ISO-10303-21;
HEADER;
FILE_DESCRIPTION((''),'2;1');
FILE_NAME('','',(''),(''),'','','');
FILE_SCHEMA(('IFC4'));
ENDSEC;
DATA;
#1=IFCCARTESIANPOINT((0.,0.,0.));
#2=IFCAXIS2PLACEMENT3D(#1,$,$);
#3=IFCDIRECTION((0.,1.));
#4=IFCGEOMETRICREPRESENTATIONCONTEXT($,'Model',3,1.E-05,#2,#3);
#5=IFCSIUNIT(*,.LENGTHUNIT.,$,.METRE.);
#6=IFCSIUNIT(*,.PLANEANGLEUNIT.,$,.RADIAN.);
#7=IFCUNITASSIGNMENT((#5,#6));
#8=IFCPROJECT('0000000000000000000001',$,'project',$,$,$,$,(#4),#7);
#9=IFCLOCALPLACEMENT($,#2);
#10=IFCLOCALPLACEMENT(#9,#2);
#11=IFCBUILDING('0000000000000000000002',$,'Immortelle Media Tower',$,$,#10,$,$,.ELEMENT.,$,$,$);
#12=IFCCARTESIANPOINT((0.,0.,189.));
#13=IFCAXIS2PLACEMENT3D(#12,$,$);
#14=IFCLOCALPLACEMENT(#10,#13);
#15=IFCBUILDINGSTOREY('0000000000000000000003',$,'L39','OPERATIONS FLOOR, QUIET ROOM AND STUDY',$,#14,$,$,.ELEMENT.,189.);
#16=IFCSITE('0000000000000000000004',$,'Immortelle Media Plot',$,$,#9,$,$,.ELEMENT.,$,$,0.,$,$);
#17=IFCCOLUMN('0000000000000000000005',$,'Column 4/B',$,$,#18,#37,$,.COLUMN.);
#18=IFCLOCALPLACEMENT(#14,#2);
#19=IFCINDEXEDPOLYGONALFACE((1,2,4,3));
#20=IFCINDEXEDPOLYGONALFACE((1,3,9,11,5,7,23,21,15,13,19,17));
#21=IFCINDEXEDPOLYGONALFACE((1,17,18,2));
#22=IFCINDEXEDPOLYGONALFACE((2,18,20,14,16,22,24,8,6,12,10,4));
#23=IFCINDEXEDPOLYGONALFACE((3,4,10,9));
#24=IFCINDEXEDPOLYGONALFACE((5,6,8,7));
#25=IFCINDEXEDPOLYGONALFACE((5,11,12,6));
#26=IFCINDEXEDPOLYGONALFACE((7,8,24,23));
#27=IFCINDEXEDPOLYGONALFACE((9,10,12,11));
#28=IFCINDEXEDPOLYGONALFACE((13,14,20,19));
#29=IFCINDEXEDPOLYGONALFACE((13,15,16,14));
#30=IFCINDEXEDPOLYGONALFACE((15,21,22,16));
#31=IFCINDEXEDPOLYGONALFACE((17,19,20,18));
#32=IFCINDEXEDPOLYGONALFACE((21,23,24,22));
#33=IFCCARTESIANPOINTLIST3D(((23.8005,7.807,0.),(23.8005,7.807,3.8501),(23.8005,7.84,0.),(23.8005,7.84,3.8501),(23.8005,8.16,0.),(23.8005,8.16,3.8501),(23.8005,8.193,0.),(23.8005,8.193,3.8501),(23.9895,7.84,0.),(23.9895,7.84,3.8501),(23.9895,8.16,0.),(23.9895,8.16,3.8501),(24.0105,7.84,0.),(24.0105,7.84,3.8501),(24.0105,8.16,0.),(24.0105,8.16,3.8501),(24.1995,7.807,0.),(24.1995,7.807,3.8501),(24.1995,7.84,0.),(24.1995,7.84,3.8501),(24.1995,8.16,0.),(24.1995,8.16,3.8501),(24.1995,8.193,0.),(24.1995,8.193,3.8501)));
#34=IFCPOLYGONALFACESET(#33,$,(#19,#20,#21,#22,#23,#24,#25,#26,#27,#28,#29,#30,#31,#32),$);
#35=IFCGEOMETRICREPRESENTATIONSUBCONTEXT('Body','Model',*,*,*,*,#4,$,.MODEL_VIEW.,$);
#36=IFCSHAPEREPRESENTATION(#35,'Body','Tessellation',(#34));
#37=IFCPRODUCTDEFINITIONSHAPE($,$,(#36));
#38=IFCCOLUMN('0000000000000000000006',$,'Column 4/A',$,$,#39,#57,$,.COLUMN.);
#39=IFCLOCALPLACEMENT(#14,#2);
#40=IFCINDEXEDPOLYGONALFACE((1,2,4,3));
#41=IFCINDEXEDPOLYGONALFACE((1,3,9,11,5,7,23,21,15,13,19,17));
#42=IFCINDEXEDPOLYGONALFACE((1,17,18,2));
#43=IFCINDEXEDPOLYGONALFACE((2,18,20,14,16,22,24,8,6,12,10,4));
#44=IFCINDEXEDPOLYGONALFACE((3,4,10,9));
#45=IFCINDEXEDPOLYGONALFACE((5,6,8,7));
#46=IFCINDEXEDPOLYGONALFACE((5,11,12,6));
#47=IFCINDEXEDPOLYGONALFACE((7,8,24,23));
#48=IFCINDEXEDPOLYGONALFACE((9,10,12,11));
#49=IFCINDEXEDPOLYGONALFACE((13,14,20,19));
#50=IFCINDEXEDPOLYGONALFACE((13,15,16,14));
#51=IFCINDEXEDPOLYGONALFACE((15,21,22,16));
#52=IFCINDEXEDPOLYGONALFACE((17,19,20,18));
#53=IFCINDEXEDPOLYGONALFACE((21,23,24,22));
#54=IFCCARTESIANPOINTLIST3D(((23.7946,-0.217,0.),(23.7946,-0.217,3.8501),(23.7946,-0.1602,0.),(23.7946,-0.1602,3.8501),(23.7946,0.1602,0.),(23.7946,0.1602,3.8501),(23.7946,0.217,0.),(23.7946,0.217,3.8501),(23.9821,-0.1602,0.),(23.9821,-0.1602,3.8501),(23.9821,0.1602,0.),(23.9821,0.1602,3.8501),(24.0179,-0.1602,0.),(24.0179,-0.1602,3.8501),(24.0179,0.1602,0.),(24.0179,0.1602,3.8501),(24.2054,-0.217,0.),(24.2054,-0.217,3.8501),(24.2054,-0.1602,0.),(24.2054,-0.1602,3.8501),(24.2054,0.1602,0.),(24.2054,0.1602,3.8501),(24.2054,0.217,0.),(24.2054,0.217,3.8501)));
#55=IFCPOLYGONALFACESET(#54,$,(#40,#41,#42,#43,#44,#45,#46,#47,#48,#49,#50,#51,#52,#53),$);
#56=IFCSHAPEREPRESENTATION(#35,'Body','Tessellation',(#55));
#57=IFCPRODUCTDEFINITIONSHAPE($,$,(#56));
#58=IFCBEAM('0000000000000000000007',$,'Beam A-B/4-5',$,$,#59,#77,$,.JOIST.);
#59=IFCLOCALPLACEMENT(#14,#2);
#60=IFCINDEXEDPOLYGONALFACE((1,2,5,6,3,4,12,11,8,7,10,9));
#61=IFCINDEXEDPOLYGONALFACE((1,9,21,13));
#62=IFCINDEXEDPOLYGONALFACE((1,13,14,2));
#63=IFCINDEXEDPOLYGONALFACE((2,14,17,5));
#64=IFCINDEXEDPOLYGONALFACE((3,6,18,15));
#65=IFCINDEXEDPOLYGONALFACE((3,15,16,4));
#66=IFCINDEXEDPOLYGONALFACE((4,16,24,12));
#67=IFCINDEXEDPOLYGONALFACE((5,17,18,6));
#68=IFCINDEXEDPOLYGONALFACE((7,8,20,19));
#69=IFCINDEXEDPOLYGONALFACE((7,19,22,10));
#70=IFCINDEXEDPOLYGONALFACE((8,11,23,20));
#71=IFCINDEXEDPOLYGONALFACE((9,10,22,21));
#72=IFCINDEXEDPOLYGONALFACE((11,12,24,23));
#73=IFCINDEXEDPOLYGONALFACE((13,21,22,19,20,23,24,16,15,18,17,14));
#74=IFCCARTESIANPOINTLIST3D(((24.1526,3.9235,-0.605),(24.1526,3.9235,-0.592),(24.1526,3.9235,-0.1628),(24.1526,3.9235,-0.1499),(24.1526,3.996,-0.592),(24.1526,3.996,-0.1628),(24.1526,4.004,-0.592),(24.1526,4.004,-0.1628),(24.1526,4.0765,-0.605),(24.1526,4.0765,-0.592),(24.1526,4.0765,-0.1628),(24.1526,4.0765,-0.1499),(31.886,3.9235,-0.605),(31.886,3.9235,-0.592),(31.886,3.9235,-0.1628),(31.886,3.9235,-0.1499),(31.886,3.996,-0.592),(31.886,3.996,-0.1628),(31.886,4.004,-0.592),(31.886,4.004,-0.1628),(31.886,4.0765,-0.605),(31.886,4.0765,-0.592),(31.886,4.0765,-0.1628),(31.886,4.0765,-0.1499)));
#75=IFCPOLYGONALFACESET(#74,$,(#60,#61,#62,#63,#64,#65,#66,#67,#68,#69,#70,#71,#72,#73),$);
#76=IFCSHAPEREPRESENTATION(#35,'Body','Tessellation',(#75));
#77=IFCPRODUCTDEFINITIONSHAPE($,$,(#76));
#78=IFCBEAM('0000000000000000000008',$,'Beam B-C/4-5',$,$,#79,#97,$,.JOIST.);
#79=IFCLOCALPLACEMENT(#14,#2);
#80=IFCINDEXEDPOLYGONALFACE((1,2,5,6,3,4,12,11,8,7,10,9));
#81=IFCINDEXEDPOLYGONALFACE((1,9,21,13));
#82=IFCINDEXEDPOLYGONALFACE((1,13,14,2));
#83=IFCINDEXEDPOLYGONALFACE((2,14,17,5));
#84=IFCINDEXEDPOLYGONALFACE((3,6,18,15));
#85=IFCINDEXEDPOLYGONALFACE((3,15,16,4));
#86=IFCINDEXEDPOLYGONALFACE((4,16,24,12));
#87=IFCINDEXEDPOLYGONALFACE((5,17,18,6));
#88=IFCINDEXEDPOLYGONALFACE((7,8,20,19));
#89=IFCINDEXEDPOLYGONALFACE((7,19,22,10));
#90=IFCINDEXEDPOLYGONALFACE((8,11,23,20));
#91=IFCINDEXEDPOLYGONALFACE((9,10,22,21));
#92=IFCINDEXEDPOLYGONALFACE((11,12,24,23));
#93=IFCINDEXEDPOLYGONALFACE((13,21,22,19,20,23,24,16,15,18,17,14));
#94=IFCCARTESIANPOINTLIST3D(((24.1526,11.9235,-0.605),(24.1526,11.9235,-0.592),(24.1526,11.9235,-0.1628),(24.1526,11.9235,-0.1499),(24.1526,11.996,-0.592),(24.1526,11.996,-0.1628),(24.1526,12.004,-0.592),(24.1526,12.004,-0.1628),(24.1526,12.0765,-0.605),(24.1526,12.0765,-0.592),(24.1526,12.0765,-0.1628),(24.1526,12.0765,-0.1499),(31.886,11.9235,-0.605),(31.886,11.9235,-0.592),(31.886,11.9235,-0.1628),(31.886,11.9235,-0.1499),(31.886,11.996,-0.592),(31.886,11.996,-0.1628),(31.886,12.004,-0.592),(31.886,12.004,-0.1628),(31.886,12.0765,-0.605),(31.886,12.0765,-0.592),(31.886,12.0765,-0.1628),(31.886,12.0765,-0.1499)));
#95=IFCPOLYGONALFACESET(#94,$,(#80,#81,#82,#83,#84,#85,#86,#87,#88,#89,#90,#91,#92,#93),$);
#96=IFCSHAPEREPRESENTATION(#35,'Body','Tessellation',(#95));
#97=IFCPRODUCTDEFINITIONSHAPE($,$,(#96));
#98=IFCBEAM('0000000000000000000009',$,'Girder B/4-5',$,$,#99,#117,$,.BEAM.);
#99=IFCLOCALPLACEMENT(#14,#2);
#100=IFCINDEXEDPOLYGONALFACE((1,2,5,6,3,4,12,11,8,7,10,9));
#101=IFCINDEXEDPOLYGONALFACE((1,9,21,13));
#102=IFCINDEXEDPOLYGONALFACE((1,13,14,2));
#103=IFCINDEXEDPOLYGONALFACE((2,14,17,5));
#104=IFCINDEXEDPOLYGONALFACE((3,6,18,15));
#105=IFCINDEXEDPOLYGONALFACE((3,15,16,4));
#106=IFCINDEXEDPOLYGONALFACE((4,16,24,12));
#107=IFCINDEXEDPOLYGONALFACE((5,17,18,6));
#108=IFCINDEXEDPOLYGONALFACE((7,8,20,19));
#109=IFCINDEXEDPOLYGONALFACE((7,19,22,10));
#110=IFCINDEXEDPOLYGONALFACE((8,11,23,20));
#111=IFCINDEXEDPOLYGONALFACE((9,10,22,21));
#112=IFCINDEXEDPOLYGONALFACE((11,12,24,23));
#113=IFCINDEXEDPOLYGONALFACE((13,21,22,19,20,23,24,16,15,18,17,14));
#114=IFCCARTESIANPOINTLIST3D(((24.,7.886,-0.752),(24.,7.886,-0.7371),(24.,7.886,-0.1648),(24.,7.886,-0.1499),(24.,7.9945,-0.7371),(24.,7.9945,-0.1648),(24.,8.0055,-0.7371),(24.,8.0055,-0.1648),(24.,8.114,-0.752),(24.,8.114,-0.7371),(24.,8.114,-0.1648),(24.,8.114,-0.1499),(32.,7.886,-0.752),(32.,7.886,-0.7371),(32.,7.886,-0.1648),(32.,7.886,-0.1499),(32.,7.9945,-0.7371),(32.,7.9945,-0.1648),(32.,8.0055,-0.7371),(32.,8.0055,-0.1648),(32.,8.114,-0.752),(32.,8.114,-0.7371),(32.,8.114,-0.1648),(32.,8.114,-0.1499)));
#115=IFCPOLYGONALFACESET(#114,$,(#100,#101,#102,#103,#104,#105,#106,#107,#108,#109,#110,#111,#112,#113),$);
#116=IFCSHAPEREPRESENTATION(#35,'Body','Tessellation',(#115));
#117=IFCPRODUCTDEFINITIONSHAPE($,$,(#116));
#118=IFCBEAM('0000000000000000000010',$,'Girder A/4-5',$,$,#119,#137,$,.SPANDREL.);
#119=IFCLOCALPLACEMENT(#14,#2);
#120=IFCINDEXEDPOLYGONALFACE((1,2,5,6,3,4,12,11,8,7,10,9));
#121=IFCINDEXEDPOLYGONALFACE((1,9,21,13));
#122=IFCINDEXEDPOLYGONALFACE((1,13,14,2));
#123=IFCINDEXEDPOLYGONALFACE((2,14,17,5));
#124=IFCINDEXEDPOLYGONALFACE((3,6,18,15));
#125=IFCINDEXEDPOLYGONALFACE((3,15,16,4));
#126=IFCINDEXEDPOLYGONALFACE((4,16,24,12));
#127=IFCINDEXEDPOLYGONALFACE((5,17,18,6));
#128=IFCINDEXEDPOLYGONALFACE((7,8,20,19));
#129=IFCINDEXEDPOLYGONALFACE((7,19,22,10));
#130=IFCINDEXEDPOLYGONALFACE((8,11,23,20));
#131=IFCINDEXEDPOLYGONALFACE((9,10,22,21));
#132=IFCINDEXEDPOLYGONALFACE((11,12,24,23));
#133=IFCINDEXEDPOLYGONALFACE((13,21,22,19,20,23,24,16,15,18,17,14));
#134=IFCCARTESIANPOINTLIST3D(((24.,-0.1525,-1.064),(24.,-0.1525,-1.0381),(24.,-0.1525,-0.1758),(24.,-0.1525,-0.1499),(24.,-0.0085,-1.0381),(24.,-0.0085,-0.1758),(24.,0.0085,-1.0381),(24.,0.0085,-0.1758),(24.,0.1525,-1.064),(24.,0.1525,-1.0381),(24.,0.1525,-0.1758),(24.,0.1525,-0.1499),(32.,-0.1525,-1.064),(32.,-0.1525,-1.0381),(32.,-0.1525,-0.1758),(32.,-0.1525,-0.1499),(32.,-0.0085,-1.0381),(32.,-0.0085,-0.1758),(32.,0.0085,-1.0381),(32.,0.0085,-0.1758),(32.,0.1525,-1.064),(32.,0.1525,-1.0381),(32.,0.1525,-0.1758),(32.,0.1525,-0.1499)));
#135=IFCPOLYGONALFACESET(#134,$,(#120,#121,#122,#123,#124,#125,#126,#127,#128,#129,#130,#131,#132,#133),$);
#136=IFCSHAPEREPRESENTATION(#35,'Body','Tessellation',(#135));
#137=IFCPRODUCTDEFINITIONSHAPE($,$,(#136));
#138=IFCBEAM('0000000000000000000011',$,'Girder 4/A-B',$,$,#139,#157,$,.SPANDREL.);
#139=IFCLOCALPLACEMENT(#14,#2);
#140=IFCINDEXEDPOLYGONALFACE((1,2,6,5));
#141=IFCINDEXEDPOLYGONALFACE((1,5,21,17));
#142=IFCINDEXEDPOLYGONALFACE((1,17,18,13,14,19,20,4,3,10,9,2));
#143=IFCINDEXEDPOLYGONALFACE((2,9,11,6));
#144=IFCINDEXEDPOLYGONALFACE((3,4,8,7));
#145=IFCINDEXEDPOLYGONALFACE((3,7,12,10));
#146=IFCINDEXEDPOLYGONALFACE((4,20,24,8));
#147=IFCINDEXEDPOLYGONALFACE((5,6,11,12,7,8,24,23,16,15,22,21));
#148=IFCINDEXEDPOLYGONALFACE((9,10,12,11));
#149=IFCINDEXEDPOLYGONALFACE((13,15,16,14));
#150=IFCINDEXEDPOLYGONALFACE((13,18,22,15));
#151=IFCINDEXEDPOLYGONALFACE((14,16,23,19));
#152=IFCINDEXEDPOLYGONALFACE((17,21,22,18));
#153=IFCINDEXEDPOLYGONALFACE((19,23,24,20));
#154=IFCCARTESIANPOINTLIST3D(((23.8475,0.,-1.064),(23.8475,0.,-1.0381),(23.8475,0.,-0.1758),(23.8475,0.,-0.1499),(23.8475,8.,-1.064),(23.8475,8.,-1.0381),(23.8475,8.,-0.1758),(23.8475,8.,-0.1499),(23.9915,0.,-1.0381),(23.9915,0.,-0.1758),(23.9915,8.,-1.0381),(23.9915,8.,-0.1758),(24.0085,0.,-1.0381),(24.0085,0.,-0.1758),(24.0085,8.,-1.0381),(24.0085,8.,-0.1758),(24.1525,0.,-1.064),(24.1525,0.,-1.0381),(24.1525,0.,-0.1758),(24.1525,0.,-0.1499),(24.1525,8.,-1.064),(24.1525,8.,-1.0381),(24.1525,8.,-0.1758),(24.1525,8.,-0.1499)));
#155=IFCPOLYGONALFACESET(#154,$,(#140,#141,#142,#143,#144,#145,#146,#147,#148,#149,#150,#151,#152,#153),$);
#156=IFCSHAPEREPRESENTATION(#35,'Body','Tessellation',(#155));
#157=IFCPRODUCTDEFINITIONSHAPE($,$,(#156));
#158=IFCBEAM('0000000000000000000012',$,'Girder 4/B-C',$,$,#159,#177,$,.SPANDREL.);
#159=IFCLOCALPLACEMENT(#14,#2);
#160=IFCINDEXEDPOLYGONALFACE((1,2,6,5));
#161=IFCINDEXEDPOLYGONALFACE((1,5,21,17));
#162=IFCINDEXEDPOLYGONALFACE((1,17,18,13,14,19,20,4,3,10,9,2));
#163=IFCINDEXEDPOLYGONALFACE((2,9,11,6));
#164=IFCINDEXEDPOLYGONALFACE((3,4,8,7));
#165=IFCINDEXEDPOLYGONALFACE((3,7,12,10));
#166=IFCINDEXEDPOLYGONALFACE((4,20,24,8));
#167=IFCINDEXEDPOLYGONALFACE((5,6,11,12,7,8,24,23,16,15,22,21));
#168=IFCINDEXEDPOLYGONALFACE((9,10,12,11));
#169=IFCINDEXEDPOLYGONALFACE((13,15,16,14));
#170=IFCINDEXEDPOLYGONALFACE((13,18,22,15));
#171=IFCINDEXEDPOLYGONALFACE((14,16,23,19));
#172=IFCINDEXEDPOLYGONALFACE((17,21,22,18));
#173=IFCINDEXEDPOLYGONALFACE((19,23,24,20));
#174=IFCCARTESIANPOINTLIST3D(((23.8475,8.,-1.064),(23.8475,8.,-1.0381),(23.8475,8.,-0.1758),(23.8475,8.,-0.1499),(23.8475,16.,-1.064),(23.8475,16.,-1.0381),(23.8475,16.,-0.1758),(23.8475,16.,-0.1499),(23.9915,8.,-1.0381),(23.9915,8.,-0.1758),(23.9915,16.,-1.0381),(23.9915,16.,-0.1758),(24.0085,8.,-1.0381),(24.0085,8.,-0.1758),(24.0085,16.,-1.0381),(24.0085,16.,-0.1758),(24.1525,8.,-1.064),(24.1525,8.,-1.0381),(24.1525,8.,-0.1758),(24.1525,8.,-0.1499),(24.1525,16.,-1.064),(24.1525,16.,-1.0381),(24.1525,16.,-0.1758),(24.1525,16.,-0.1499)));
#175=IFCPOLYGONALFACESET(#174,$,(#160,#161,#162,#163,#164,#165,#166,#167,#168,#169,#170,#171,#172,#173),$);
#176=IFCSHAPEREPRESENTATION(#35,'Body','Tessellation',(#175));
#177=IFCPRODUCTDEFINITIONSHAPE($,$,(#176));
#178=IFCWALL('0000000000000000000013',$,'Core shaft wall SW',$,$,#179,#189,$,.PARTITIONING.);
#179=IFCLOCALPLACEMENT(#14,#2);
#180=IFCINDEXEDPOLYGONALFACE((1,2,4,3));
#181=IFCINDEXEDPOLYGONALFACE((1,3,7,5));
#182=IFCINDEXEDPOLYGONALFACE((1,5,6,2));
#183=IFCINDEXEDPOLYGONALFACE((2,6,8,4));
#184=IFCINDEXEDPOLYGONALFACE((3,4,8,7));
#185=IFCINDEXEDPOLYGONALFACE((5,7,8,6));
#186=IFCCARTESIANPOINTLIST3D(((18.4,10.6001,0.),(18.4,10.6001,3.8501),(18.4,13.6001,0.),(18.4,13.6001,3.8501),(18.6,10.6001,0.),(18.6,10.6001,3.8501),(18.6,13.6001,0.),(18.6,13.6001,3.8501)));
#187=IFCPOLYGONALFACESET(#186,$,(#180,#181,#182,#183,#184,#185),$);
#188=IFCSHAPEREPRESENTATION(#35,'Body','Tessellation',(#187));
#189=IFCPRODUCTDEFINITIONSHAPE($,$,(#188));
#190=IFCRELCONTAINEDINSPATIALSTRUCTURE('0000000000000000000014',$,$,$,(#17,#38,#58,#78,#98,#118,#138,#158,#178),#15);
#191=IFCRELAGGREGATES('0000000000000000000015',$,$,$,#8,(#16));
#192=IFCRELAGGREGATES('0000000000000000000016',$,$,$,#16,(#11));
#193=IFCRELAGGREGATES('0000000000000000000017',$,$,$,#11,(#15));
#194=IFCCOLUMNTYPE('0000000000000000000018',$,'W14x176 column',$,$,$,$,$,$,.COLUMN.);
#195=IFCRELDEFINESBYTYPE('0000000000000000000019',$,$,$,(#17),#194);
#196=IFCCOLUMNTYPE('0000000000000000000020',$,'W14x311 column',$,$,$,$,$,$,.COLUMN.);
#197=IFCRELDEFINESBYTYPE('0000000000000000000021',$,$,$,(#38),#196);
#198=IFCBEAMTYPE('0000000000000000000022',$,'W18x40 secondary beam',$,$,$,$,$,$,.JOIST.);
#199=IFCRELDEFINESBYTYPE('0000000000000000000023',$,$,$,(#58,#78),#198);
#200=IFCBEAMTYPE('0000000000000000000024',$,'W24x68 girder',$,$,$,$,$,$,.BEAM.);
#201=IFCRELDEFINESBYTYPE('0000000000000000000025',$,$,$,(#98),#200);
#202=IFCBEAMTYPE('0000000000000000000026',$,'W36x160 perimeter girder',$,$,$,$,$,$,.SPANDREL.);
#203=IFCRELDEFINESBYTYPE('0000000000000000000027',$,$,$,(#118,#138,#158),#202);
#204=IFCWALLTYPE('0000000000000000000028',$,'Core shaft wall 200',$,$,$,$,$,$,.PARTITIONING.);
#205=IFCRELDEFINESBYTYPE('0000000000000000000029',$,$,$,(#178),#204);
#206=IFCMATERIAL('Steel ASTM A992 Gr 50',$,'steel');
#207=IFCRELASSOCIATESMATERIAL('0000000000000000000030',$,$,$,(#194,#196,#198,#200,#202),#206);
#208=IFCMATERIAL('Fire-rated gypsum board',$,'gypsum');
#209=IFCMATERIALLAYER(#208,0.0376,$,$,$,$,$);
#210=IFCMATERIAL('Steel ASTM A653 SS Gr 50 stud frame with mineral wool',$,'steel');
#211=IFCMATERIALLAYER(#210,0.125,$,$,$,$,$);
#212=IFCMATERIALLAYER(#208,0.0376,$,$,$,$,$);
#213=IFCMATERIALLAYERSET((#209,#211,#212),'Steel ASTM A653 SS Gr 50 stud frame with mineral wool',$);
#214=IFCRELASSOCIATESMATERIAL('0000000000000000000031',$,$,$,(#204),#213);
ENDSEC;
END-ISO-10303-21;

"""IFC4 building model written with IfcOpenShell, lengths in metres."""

from ifc_helpers import new_model, si_unit, direction, frame, frame_2d, origin, origin_2d, place, context, subcontext, project, spatial, rectangle, i_section, extrude, material, layer, layer_set, material_profile, profile_set, type_object, element, save


model = new_model("IFC4")

# Units and contexts
model_context = context("Model", 3, precision=1e-05, world=origin(), true_north=direction((0.0, 1.0)))
body_context = subcontext(model_context, "Body", "Model", "MODEL_VIEW")
ifc_project = project(units=[si_unit("LENGTHUNIT", "METRE"), si_unit("PLANEANGLEUNIT", "RADIAN")], contexts=[model_context])

# Site, building, storey
site_placement = place(None, origin())
site = spatial("IfcSite", under=ifc_project, at=site_placement, Name="Immortelle Media Plot", CompositionType="ELEMENT", RefElevation=0.0)
building_placement = place(site_placement, origin())
building = spatial("IfcBuilding", under=site, at=building_placement, Name="Immortelle Media Tower", CompositionType="ELEMENT")
storey_placement = place(building_placement, frame((0.0, 0.0, 189.0)))
storey = spatial("IfcBuildingStorey", under=building, at=storey_placement, Name="L39", Description="OPERATIONS FLOOR, QUIET ROOM AND STUDY", CompositionType="ELEMENT", Elevation=189.0)

# Columns
ifc_material_1 = material(Name="Steel ASTM A992 Gr 50", Category="steel")
ifc_material_profile_1 = material_profile(ifc_material_1, i_section(OverallWidth=0.3989, OverallDepth=0.386, WebThickness=0.021, FlangeThickness=0.033, at=origin_2d()), Name="W14x176")
ifc_profile_set_1 = profile_set([ifc_material_profile_1], Name="Steel ASTM A992 Gr 50")
column_type_1 = type_object("IfcColumnType", Name="W14x176 column", PredefinedType="COLUMN", material=ifc_profile_set_1)
column_1_placement = place(storey_placement, frame((24.0, 8.0, 0.0), z_axis=(0.0, 0.0, 1.0), x_axis=(1.0, 0.0, 0.0)))
element("IfcColumn", 1, at=column_1_placement, inside=storey, type_object=column_type_1, Name="Column 4/B", PredefinedType="COLUMN", context=body_context, shape_type="SweptSolid", body=[
    extrude(i_section(OverallWidth=0.3989, OverallDepth=0.386, WebThickness=0.021, FlangeThickness=0.033, at=origin_2d()), origin(), (0.0, 0.0, 1.0), 3.8501),
])
ifc_material_profile_2 = material_profile(ifc_material_1, i_section(OverallWidth=0.4109, OverallDepth=0.4341, WebThickness=0.0359, FlangeThickness=0.0569, at=origin_2d()), Name="W14x311")
ifc_profile_set_2 = profile_set([ifc_material_profile_2], Name="Steel ASTM A992 Gr 50")
column_type_2 = type_object("IfcColumnType", Name="W14x311 column", PredefinedType="COLUMN", material=ifc_profile_set_2)
column_2_placement = place(storey_placement, frame((24.0, 0.0, 0.0), z_axis=(0.0, 0.0, 1.0), x_axis=(1.0, 0.0, 0.0)))
element("IfcColumn", 2, at=column_2_placement, inside=storey, type_object=column_type_2, Name="Column 4/A", PredefinedType="COLUMN", context=body_context, shape_type="SweptSolid", body=[
    extrude(i_section(OverallWidth=0.4109, OverallDepth=0.4341, WebThickness=0.0359, FlangeThickness=0.0569, at=origin_2d()), origin(), (0.0, 0.0, 1.0), 3.8501),
])

# Beams
ifc_material_profile_3 = material_profile(ifc_material_1, i_section(OverallWidth=0.1531, OverallDepth=0.4551, WebThickness=0.0081, FlangeThickness=0.0129, at=origin_2d()), Name="W18x40")
ifc_profile_set_3 = profile_set([ifc_material_profile_3], Name="Steel ASTM A992 Gr 50")
beam_type_1 = type_object("IfcBeamType", Name="W18x40 secondary beam", PredefinedType="JOIST", material=ifc_profile_set_3)
for number, where, z_axis, x_axis, name in (
    (3, (24.1526, 4.0, -0.3774), (1.0, 0.0, 0.0), (0.0, 1.0, 0.0), "Beam A-B/4-5"),
    (4, (24.1526, 12.0, -0.3774), (1.0, 0.0, 0.0), (0.0, 1.0, 0.0), "Beam B-C/4-5"),
):
    element("IfcBeam", number, at=place(storey_placement, frame(where, z_axis=z_axis, x_axis=x_axis)), inside=storey, type_object=beam_type_1, Name=name, PredefinedType="JOIST", context=body_context, shape_type="SweptSolid", body=[
        extrude(i_section(OverallWidth=0.1531, OverallDepth=0.4551, WebThickness=0.0081, FlangeThickness=0.0129, at=origin_2d()), origin(), (0.0, 0.0, 1.0), 7.7334),
    ])
ifc_material_profile_4 = material_profile(ifc_material_1, i_section(OverallWidth=0.228, OverallDepth=0.6021, WebThickness=0.011, FlangeThickness=0.0149, at=origin_2d()), Name="W24x68")
ifc_profile_set_4 = profile_set([ifc_material_profile_4], Name="Steel ASTM A992 Gr 50")
beam_type_2 = type_object("IfcBeamType", Name="W24x68 girder", PredefinedType="BEAM", material=ifc_profile_set_4)
beam_placement = place(storey_placement, frame((24.0, 8.0, -0.4509), z_axis=(1.0, 0.0, 0.0), x_axis=(0.0, 1.0, 0.0)))
element("IfcBeam", 5, at=beam_placement, inside=storey, type_object=beam_type_2, Name="Girder B/4-5", PredefinedType="BEAM", context=body_context, shape_type="SweptSolid", body=[
    extrude(i_section(OverallWidth=0.228, OverallDepth=0.6021, WebThickness=0.011, FlangeThickness=0.0149, at=origin_2d()), origin(), (0.0, 0.0, 1.0), 8.0),
])
ifc_material_profile_5 = material_profile(ifc_material_1, i_section(OverallWidth=0.3049, OverallDepth=0.9141, WebThickness=0.0171, FlangeThickness=0.0259, at=origin_2d()), Name="W36x160")
ifc_profile_set_5 = profile_set([ifc_material_profile_5], Name="Steel ASTM A992 Gr 50")
beam_type_3 = type_object("IfcBeamType", Name="W36x160 perimeter girder", PredefinedType="SPANDREL", material=ifc_profile_set_5)
for number, where, z_axis, x_axis, name in (
    (6, (24.0, 0.0, -0.6069), (1.0, 0.0, 0.0), (0.0, 1.0, 0.0), "Girder A/4-5"),
    (7, (24.0, 0.0, -0.6069), (0.0, 1.0, 0.0), (-1.0, 0.0, 0.0), "Girder 4/A-B"),
    (8, (24.0, 8.0, -0.6069), (0.0, 1.0, 0.0), (-1.0, 0.0, 0.0), "Girder 4/B-C"),
):
    element("IfcBeam", number, at=place(storey_placement, frame(where, z_axis=z_axis, x_axis=x_axis)), inside=storey, type_object=beam_type_3, Name=name, PredefinedType="SPANDREL", context=body_context, shape_type="SweptSolid", body=[
        extrude(i_section(OverallWidth=0.3049, OverallDepth=0.9141, WebThickness=0.0171, FlangeThickness=0.0259, at=origin_2d()), origin(), (0.0, 0.0, 1.0), 8.0),
    ])

# Wall
ifc_material_2 = material(Name="Fire-rated gypsum board", Category="gypsum")
ifc_layer_1 = layer(ifc_material_2, 0.0376)
ifc_material_3 = material(Name="Steel ASTM A653 SS Gr 50 stud frame with mineral wool", Category="steel")
ifc_layer_2 = layer(ifc_material_3, 0.125)
ifc_layer_3 = layer(ifc_material_2, 0.0376)
ifc_layer_set_1 = layer_set([ifc_layer_1, ifc_layer_2, ifc_layer_3], Name="Steel ASTM A653 SS Gr 50 stud frame with mineral wool")
wall_type_1 = type_object("IfcWallType", Name="Core shaft wall 200", PredefinedType="PARTITIONING", material=ifc_layer_set_1)
for number, where, z_axis, x_axis, name in (
    (9, (18.5, 10.6001, 0.0), (0.0, 0.0, 1.0), (0.0, 1.0, 0.0), "Core shaft wall SW"),
):
    element("IfcWall", number, at=place(storey_placement, frame(where, z_axis=z_axis, x_axis=x_axis)), inside=storey, type_object=wall_type_1, Name=name, PredefinedType="PARTITIONING", context=body_context, shape_type="SweptSolid", body=[
        extrude(rectangle(XDim=3.0, YDim=0.2, at=frame_2d((1.5, 0.0))), origin(), (0.0, 0.0, 1.0), 3.8501),
    ])

save(model, "model.ifc")
